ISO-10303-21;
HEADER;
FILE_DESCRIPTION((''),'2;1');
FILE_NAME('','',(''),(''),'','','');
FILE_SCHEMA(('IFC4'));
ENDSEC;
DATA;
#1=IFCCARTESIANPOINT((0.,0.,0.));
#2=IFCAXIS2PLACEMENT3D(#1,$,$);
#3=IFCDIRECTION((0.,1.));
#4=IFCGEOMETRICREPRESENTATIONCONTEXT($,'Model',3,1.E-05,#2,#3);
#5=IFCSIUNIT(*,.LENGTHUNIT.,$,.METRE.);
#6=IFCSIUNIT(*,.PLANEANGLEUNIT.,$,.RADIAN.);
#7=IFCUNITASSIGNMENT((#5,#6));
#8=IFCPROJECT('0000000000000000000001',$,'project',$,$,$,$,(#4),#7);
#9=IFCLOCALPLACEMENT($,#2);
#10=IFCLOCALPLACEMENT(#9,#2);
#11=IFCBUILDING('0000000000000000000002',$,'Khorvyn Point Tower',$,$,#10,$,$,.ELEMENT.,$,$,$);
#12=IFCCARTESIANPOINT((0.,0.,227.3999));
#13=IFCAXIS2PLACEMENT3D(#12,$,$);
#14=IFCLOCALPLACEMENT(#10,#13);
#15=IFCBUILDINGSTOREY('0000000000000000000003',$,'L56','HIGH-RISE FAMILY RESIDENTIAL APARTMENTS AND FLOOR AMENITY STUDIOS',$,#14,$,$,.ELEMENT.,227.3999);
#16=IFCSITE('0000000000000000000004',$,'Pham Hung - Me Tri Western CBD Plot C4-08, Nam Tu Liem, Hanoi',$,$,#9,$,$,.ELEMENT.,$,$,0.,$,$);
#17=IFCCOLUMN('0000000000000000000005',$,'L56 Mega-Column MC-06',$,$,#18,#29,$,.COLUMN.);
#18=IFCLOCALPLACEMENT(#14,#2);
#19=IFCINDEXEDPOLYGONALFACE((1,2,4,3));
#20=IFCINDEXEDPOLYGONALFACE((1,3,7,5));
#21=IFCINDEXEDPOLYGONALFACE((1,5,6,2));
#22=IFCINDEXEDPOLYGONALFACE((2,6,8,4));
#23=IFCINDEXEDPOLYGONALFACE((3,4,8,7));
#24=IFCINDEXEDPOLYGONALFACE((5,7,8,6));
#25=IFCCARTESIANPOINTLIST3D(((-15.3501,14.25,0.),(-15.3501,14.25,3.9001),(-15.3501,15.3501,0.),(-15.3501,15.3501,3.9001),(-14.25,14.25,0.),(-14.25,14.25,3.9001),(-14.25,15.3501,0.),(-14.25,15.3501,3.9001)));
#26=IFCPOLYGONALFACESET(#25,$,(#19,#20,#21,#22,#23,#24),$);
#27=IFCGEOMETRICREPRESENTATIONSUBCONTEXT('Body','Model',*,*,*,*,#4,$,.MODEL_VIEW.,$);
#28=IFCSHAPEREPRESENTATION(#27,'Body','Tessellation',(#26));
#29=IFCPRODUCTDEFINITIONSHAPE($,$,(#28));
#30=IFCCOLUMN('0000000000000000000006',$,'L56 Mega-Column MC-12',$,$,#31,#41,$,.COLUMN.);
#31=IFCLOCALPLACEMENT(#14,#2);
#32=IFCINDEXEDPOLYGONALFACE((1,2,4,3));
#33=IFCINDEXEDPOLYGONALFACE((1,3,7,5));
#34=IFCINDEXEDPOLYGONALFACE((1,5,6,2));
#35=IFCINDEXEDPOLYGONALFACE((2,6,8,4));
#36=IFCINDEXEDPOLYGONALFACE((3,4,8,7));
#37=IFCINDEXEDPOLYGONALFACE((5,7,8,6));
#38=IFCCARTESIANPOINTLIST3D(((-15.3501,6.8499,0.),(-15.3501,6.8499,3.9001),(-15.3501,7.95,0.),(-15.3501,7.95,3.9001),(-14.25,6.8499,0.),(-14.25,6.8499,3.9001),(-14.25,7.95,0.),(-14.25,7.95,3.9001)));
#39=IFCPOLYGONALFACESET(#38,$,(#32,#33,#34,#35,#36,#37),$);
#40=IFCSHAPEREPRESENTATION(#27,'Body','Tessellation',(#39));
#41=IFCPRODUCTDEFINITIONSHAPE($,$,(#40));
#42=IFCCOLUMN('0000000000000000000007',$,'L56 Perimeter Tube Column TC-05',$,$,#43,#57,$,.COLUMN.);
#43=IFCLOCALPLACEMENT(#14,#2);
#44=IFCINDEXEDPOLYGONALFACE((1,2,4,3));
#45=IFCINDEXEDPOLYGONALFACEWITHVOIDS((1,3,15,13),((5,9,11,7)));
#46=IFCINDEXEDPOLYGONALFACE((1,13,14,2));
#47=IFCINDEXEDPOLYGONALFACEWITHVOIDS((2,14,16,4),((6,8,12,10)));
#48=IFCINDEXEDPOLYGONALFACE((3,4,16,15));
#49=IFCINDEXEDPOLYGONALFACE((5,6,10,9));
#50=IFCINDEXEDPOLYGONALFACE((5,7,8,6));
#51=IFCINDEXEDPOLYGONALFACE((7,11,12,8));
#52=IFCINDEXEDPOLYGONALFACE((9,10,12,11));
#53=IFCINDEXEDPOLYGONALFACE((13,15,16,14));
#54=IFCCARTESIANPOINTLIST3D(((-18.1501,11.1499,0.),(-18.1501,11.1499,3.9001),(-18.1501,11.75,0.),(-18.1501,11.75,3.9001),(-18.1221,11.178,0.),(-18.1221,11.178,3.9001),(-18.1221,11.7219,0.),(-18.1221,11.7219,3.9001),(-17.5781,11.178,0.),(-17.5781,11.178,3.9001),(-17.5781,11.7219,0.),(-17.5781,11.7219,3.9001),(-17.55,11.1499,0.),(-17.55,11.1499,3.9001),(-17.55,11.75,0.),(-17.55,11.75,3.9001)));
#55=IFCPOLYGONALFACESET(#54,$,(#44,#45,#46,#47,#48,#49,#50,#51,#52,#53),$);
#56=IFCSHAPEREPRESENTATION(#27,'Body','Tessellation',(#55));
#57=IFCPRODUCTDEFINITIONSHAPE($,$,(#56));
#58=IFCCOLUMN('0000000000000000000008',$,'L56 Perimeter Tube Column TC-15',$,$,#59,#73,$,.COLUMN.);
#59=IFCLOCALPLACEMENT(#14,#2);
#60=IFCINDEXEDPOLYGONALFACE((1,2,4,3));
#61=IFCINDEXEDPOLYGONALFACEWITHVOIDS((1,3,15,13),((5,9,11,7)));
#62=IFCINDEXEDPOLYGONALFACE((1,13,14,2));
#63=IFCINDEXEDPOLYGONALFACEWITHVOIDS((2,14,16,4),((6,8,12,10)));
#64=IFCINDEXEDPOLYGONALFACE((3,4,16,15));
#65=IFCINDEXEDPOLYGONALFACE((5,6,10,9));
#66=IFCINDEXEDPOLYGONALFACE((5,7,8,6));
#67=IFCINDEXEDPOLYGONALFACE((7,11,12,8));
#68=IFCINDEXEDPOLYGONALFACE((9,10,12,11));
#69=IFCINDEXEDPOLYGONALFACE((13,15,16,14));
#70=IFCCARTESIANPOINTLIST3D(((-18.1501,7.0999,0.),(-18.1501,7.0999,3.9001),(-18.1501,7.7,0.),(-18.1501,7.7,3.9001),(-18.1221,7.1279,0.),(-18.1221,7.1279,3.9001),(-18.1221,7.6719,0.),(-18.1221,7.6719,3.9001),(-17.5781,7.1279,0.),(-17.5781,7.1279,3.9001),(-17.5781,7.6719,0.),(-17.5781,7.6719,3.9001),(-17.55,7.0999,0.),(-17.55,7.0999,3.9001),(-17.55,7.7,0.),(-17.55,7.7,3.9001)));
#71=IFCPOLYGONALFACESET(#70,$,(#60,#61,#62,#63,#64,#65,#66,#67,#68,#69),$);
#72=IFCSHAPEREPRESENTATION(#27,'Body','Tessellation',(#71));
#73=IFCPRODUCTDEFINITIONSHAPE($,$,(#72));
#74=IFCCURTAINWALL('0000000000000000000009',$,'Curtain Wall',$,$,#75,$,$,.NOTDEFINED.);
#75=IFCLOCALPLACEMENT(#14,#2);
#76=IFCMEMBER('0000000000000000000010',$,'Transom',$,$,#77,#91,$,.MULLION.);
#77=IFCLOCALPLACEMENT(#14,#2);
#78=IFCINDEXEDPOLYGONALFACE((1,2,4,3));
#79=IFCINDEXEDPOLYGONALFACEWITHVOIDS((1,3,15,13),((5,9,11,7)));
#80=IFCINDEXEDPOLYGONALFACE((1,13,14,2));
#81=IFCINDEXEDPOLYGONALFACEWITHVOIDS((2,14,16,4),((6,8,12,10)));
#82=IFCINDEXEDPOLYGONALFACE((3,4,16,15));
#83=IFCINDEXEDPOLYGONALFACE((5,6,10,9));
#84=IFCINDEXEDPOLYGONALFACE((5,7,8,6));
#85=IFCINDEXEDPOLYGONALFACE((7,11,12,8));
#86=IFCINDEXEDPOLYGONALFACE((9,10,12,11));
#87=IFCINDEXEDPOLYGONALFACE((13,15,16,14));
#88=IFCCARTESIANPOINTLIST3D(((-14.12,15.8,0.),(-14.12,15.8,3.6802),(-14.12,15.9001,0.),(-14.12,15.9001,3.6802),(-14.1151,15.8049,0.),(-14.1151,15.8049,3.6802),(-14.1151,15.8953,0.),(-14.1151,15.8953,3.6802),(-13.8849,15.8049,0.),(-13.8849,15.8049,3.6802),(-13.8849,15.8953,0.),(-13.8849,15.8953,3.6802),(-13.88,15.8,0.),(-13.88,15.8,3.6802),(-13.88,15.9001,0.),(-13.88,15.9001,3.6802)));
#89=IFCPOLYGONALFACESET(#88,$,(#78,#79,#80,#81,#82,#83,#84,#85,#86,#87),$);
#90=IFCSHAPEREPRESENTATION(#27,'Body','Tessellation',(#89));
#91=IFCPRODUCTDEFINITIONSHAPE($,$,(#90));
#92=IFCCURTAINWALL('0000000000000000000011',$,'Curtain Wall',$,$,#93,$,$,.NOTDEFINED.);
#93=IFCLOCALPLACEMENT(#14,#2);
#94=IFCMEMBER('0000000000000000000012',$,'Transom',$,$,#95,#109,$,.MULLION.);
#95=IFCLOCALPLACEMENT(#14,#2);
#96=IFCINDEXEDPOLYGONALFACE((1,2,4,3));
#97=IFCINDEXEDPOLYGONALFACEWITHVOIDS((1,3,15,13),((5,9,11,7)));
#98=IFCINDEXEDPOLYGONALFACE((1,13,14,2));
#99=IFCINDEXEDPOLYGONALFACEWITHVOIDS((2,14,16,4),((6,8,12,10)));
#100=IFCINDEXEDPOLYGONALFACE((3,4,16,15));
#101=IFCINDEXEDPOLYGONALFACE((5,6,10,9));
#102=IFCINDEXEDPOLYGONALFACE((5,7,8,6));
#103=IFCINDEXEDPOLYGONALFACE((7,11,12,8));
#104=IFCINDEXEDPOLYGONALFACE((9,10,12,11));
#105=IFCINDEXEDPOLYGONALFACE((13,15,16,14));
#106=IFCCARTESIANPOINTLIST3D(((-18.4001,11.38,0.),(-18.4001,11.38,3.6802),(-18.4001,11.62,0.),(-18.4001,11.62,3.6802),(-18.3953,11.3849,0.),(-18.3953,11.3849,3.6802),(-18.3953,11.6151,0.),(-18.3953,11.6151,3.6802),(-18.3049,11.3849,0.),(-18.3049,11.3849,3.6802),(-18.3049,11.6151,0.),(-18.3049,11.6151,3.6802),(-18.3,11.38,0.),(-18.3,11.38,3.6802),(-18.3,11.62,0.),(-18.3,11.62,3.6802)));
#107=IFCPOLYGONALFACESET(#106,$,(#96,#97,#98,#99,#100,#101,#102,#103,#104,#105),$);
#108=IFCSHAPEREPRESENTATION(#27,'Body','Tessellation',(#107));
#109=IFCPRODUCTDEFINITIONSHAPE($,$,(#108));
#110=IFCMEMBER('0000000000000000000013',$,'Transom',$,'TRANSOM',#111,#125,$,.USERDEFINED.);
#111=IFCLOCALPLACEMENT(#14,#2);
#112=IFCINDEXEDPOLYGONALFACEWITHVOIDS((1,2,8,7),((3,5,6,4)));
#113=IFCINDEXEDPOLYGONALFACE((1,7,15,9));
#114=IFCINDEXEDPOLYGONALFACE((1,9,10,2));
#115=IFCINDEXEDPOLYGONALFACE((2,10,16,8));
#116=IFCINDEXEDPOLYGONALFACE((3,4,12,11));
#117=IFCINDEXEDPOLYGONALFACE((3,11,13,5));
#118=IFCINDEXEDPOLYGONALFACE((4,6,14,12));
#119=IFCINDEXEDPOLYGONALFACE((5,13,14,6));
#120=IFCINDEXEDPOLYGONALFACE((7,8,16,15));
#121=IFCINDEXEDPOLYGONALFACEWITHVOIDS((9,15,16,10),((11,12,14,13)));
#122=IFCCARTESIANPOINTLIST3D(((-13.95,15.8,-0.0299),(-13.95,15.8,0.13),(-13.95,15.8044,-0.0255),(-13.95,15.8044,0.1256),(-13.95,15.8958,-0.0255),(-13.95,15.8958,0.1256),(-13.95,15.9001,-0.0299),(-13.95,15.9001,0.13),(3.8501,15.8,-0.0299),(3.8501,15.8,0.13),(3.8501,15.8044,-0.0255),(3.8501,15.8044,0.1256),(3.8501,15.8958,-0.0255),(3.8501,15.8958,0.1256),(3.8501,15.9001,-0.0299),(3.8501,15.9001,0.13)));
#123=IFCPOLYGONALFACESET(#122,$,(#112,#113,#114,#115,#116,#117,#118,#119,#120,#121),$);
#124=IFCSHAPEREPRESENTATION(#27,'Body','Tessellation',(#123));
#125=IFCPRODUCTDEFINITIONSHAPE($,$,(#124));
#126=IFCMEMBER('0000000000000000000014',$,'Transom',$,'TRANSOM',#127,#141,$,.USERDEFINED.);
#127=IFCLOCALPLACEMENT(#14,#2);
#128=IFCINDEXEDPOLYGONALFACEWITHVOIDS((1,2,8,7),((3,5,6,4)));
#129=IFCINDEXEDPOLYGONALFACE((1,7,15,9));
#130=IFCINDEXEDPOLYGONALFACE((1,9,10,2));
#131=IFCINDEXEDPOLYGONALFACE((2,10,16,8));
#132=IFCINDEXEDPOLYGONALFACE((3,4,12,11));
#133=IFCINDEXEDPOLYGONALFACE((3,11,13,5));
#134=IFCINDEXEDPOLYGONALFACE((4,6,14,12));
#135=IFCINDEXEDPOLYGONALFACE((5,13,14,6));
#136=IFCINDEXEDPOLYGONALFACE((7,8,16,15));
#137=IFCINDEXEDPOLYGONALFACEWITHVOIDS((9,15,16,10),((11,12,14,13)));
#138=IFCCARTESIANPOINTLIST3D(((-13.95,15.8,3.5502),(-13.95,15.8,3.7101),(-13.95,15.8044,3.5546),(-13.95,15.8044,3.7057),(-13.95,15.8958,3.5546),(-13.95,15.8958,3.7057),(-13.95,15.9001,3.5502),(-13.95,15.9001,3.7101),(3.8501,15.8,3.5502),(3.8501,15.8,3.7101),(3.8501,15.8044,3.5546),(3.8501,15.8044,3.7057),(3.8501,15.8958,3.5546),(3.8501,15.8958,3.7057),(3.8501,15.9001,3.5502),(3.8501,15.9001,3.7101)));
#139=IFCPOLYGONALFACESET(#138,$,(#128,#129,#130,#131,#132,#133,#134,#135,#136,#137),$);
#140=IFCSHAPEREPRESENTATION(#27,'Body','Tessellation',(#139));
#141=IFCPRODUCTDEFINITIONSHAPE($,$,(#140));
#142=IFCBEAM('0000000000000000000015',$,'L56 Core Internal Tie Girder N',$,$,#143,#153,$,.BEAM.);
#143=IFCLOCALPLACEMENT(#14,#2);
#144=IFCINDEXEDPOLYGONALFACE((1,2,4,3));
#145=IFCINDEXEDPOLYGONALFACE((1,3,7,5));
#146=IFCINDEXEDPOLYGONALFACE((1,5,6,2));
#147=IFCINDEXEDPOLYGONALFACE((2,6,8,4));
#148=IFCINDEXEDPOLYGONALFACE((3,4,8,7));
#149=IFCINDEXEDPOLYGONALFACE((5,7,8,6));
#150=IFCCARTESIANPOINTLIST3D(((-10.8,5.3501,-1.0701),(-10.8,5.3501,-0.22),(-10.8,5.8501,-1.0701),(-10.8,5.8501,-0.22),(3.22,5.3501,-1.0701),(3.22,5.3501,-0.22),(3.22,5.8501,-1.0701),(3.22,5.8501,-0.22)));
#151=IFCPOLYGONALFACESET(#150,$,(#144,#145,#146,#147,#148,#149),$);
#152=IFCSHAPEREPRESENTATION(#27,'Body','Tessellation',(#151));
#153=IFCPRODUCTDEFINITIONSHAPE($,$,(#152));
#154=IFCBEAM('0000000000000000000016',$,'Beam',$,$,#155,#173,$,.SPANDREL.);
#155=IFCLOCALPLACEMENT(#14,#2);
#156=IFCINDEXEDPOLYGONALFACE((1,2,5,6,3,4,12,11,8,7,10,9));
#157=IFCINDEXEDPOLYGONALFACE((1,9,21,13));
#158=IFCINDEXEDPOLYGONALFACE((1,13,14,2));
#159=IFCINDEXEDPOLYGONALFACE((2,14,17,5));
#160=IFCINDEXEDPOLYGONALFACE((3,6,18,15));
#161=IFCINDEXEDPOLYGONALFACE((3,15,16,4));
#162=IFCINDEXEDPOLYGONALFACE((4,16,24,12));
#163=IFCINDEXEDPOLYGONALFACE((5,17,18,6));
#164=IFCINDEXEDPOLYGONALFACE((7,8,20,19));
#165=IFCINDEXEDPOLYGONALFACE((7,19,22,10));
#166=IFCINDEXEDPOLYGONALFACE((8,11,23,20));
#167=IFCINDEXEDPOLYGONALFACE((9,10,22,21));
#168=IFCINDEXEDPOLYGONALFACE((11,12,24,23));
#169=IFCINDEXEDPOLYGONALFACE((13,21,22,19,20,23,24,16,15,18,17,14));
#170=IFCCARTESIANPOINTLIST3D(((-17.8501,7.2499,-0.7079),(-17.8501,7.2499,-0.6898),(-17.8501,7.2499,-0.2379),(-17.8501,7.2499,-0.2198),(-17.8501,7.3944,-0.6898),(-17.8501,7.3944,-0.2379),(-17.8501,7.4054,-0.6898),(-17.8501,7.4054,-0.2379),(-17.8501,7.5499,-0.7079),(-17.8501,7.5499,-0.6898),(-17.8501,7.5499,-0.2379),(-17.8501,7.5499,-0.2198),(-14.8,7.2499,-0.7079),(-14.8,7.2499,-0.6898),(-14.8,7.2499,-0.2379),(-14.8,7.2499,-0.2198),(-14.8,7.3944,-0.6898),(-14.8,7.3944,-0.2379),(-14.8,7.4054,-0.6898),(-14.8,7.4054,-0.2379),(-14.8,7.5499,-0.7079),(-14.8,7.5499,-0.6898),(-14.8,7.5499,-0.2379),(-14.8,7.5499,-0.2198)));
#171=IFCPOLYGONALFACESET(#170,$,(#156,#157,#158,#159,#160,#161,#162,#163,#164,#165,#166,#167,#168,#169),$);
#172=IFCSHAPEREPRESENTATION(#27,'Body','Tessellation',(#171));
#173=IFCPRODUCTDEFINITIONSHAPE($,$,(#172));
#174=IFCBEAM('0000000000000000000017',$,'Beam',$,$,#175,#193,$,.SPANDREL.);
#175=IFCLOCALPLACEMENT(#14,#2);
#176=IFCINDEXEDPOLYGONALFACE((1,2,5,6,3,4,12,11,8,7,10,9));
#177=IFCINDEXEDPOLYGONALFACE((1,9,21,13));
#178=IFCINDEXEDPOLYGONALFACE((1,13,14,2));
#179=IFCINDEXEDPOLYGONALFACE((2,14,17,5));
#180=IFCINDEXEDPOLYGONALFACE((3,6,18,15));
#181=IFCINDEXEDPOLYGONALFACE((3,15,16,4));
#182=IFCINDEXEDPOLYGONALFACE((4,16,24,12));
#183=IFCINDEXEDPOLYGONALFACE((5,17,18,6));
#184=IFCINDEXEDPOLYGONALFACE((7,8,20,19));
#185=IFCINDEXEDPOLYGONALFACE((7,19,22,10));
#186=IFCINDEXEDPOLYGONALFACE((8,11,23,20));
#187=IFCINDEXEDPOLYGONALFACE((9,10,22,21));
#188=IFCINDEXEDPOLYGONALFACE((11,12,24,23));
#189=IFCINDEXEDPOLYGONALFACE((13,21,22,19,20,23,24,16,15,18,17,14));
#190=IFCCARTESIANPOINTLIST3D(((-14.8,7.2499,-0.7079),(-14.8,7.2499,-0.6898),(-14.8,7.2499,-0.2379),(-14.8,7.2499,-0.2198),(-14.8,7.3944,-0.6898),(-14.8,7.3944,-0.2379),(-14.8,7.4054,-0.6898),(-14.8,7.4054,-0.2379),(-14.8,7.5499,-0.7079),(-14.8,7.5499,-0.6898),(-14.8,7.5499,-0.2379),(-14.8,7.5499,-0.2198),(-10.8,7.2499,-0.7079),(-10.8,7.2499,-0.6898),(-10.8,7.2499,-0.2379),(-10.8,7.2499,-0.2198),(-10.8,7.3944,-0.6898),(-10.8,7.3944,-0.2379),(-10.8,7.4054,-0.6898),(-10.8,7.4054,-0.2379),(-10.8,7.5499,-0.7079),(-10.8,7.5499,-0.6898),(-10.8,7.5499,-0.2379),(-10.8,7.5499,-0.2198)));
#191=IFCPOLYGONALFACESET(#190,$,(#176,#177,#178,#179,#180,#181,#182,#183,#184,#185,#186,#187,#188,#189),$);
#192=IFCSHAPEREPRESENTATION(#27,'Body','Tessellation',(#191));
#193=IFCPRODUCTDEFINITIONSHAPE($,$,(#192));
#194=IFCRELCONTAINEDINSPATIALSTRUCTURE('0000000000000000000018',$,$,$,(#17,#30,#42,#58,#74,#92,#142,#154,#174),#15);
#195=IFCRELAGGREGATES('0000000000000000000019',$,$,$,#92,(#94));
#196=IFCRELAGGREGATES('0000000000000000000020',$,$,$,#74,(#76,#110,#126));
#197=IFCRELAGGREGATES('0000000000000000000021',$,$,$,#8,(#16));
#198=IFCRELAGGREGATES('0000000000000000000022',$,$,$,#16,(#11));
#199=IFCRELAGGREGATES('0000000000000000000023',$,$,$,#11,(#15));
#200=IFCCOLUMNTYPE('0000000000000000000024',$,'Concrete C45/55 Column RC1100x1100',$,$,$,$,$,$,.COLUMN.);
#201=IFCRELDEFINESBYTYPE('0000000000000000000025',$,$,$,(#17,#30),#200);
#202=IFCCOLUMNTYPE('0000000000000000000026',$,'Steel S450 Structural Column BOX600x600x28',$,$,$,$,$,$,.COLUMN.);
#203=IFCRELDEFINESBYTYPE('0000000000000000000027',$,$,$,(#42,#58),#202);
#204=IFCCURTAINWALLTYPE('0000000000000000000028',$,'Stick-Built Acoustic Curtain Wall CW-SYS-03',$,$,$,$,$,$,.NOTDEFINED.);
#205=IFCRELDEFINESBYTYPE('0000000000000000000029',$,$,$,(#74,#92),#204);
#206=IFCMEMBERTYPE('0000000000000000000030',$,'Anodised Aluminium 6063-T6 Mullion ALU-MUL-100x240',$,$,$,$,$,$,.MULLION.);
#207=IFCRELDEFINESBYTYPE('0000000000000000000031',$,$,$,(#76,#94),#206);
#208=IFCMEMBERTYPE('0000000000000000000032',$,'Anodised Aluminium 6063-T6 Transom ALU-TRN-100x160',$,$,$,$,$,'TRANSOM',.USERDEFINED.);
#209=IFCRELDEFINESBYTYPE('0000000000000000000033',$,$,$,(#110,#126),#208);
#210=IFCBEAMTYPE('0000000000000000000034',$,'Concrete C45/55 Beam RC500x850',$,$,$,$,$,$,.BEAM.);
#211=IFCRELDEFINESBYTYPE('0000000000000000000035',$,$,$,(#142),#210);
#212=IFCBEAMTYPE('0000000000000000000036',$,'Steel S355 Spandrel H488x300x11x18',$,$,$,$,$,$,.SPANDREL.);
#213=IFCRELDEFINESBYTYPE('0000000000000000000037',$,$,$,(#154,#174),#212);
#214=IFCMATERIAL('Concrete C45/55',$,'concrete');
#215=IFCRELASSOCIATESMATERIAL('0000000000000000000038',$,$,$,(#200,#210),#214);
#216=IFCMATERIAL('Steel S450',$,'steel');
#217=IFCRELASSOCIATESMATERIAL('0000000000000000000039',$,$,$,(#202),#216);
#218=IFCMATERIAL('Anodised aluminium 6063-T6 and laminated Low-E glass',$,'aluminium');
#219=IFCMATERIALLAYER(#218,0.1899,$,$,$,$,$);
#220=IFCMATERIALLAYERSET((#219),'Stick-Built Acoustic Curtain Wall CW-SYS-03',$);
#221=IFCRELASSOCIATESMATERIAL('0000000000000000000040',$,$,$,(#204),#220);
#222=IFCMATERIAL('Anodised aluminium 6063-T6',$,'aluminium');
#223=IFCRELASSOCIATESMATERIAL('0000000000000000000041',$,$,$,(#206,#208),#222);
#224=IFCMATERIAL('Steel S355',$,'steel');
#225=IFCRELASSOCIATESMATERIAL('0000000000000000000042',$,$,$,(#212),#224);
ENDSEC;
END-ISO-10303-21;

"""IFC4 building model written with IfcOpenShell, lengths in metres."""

from ifc_helpers import new_model, si_unit, direction, frame, origin, origin_2d, place, context, subcontext, project, spatial, rectangle, hollow_rectangle, i_section, extrude, material, layer, layer_set, material_profile, profile_set, type_object, element, aggregate, save


model = new_model("IFC4")

# Units and contexts
model_context = context("Model", 3, precision=1e-05, world=origin(), true_north=direction((0.0, 1.0)))
body_context = subcontext(model_context, "Body", "Model", "MODEL_VIEW")
ifc_project = project(units=[si_unit("LENGTHUNIT", "METRE"), si_unit("PLANEANGLEUNIT", "RADIAN")], contexts=[model_context])

# Site, building, storey
site_placement = place(None, origin())
site = spatial("IfcSite", under=ifc_project, at=site_placement, Name="Pham Hung - Me Tri Western CBD Plot C4-08, Nam Tu Liem, Hanoi", CompositionType="ELEMENT", RefElevation=0.0)
building_placement = place(site_placement, origin())
building = spatial("IfcBuilding", under=site, at=building_placement, Name="Khorvyn Point Tower", CompositionType="ELEMENT")
storey_placement = place(building_placement, frame((0.0, 0.0, 227.3999)))
storey = spatial("IfcBuildingStorey", under=building, at=storey_placement, Name="L56", Description="HIGH-RISE FAMILY RESIDENTIAL APARTMENTS AND FLOOR AMENITY STUDIOS", CompositionType="ELEMENT", Elevation=227.3999)

# Columns
ifc_material_1 = material(Name="Concrete C45/55", Category="concrete")
ifc_material_profile_1 = material_profile(ifc_material_1, rectangle(XDim=1.1001, YDim=1.1001, at=origin_2d()))
ifc_profile_set_1 = profile_set([ifc_material_profile_1], Name="Concrete C45/55 RC1100x1100")
column_type_1 = type_object("IfcColumnType", Name="Concrete C45/55 Column RC1100x1100", PredefinedType="COLUMN", material=ifc_profile_set_1)
for number, where, z_axis, x_axis, name in (
    (1, (-14.8, 14.8, 0.0), (0.0, 0.0, 1.0), (1.0, 0.0, 0.0), "L56 Mega-Column MC-06"),
    (2, (-14.8, 7.3999, 0.0), (0.0, 0.0, 1.0), (1.0, 0.0, 0.0), "L56 Mega-Column MC-12"),
):
    element("IfcColumn", number, at=place(storey_placement, frame(where, z_axis=z_axis, x_axis=x_axis)), inside=storey, type_object=column_type_1, Name=name, PredefinedType="COLUMN", context=body_context, shape_type="SweptSolid", body=[
        extrude(rectangle(XDim=1.1001, YDim=1.1001, at=origin_2d()), origin(), (0.0, 0.0, 1.0), 3.9001),
    ])
ifc_material_2 = material(Name="Steel S450", Category="steel")
ifc_material_profile_2 = material_profile(ifc_material_2, hollow_rectangle(XDim=0.6001, YDim=0.6001, WallThickness=0.0281, at=origin_2d()))
ifc_profile_set_2 = profile_set([ifc_material_profile_2], Name="Steel S450 BOX600x600x28")
column_type_2 = type_object("IfcColumnType", Name="Steel S450 Structural Column BOX600x600x28", PredefinedType="COLUMN", material=ifc_profile_set_2)
for number, where, z_axis, x_axis, name in (
    (3, (-17.8501, 11.45, 0.0), (0.0, 0.0, 1.0), (1.0, 0.0, 0.0), "L56 Perimeter Tube Column TC-05"),
    (4, (-17.8501, 7.3999, 0.0), (0.0, 0.0, 1.0), (1.0, 0.0, 0.0), "L56 Perimeter Tube Column TC-15"),
):
    element("IfcColumn", number, at=place(storey_placement, frame(where, z_axis=z_axis, x_axis=x_axis)), inside=storey, type_object=column_type_2, Name=name, PredefinedType="COLUMN", context=body_context, shape_type="SweptSolid", body=[
        extrude(hollow_rectangle(XDim=0.6001, YDim=0.6001, WallThickness=0.0281, at=origin_2d()), origin(), (0.0, 0.0, 1.0), 3.9001),
    ])

# Curtain walls, members
ifc_material_3 = material(Name="Anodised aluminium 6063-T6 and laminated Low-E glass", Category="aluminium")
ifc_layer_1 = layer(ifc_material_3, 0.1899)
ifc_layer_set_1 = layer_set([ifc_layer_1], Name="Stick-Built Acoustic Curtain Wall CW-SYS-03")
curtain_wall_type = type_object("IfcCurtainWallType", Name="Stick-Built Acoustic Curtain Wall CW-SYS-03", PredefinedType="NOTDEFINED", material=ifc_layer_set_1)
curtain_wall_1_placement = place(storey_placement, origin())
curtain_wall_1 = element("IfcCurtainWall", 5, at=curtain_wall_1_placement, inside=storey, type_object=curtain_wall_type, Name="Curtain Wall", PredefinedType="NOTDEFINED")
ifc_material_4 = material(Name="Anodised aluminium 6063-T6", Category="aluminium")
ifc_material_profile_3 = material_profile(ifc_material_4, hollow_rectangle(XDim=0.1001, YDim=0.24, WallThickness=0.0049, at=origin_2d()))
ifc_profile_set_3 = profile_set([ifc_material_profile_3], Name="Anodised aluminium 6063-T6 ALU-MUL-100x240")
member_type_1 = type_object("IfcMemberType", Name="Anodised Aluminium 6063-T6 Mullion ALU-MUL-100x240", PredefinedType="MULLION", material=ifc_profile_set_3)
member_1_placement = place(storey_placement, frame((-14.0, 15.8501, 0.0), z_axis=(0.0, 0.0, 1.0), x_axis=(0.0, 1.0, 0.0)))
member_1 = element("IfcMember", 6, at=member_1_placement, type_object=member_type_1, Name="Transom", PredefinedType="MULLION", context=body_context, shape_type="SweptSolid", body=[
    extrude(hollow_rectangle(XDim=0.1001, YDim=0.24, WallThickness=0.0049, at=origin_2d()), origin(), (0.0, 0.0, 1.0), 3.6802),
])
curtain_wall_2_placement = place(storey_placement, origin())
curtain_wall_2 = element("IfcCurtainWall", 7, at=curtain_wall_2_placement, inside=storey, type_object=curtain_wall_type, Name="Curtain Wall", PredefinedType="NOTDEFINED")
member_2_placement = place(storey_placement, frame((-18.3501, 11.5, 0.0), z_axis=(0.0, 0.0, 1.0), x_axis=(-1.0, 0.0, 0.0)))
member_2 = element("IfcMember", 8, at=member_2_placement, type_object=member_type_1, Name="Transom", PredefinedType="MULLION", context=body_context, shape_type="SweptSolid", body=[
    extrude(hollow_rectangle(XDim=0.1001, YDim=0.24, WallThickness=0.0049, at=origin_2d()), origin(), (0.0, 0.0, 1.0), 3.6802),
])
aggregate(curtain_wall_2, [member_2])

# Members
ifc_material_profile_4 = material_profile(ifc_material_4, hollow_rectangle(XDim=0.1001, YDim=0.1599, WallThickness=0.0044, at=origin_2d()))
ifc_profile_set_4 = profile_set([ifc_material_profile_4], Name="Anodised aluminium 6063-T6 ALU-TRN-100x160")
member_type_2 = type_object("IfcMemberType", Name="Anodised Aluminium 6063-T6 Transom ALU-TRN-100x160", ElementType="TRANSOM", PredefinedType="USERDEFINED", material=ifc_profile_set_4)
member_3_placement = place(storey_placement, frame((-13.95, 15.8501, 0.05), z_axis=(1.0, 0.0, 0.0), x_axis=(0.0, 1.0, 0.0)))
member_3 = element("IfcMember", 9, at=member_3_placement, type_object=member_type_2, Name="Transom", ObjectType="TRANSOM", PredefinedType="USERDEFINED", context=body_context, shape_type="SweptSolid", body=[
    extrude(hollow_rectangle(XDim=0.1001, YDim=0.1599, WallThickness=0.0044, at=origin_2d()), origin(), (0.0, 0.0, 1.0), 17.8),
])
member_4_placement = place(storey_placement, frame((-13.95, 15.8501, 3.6301), z_axis=(1.0, 0.0, 0.0), x_axis=(0.0, 1.0, 0.0)))
member_4 = element("IfcMember", 10, at=member_4_placement, type_object=member_type_2, Name="Transom", ObjectType="TRANSOM", PredefinedType="USERDEFINED", context=body_context, shape_type="SweptSolid", body=[
    extrude(hollow_rectangle(XDim=0.1001, YDim=0.1599, WallThickness=0.0044, at=origin_2d()), origin(), (0.0, 0.0, 1.0), 17.8),
])
aggregate(curtain_wall_1, [member_1, member_3, member_4])

# Beams
ifc_material_profile_5 = material_profile(ifc_material_1, rectangle(XDim=0.5, YDim=0.8501, at=origin_2d()))
ifc_profile_set_5 = profile_set([ifc_material_profile_5], Name="Concrete C45/55 RC500x850")
beam_type_1 = type_object("IfcBeamType", Name="Concrete C45/55 Beam RC500x850", PredefinedType="BEAM", material=ifc_profile_set_5)
beam_1_placement = place(storey_placement, frame((-10.8, 5.6001, -0.645), z_axis=(1.0, 0.0, 0.0), x_axis=(0.0, 1.0, 0.0)))
element("IfcBeam", 11, at=beam_1_placement, inside=storey, type_object=beam_type_1, Name="L56 Core Internal Tie Girder N", PredefinedType="BEAM", context=body_context, shape_type="SweptSolid", body=[
    extrude(rectangle(XDim=0.5, YDim=0.8501, at=origin_2d()), origin(), (0.0, 0.0, 1.0), 14.02),
])
ifc_material_5 = material(Name="Steel S355", Category="steel")
ifc_material_profile_6 = material_profile(ifc_material_5, i_section(OverallWidth=0.3, OverallDepth=0.488, WebThickness=0.011, FlangeThickness=0.0181, at=origin_2d()))
ifc_profile_set_6 = profile_set([ifc_material_profile_6], Name="Steel S355 H488x300x11x18")
beam_type_2 = type_object("IfcBeamType", Name="Steel S355 Spandrel H488x300x11x18", PredefinedType="SPANDREL", material=ifc_profile_set_6)
beam_2_placement = place(storey_placement, frame((-17.8501, 7.3999, -0.4639), z_axis=(1.0, 0.0, 0.0), x_axis=(0.0, 1.0, 0.0)))
element("IfcBeam", 12, at=beam_2_placement, inside=storey, type_object=beam_type_2, Name="Beam", PredefinedType="SPANDREL", context=body_context, shape_type="SweptSolid", body=[
    extrude(i_section(OverallWidth=0.3, OverallDepth=0.488, WebThickness=0.011, FlangeThickness=0.0181, at=origin_2d()), origin(), (0.0, 0.0, 1.0), 3.05),
])
beam_3_placement = place(storey_placement, frame((-14.8, 7.3999, -0.4639), z_axis=(1.0, 0.0, 0.0), x_axis=(0.0, 1.0, 0.0)))
element("IfcBeam", 13, at=beam_3_placement, inside=storey, type_object=beam_type_2, Name="Beam", PredefinedType="SPANDREL", context=body_context, shape_type="SweptSolid", body=[
    extrude(i_section(OverallWidth=0.3, OverallDepth=0.488, WebThickness=0.011, FlangeThickness=0.0181, at=origin_2d()), origin(), (0.0, 0.0, 1.0), 4.0),
])

save(model, "model.ifc")
